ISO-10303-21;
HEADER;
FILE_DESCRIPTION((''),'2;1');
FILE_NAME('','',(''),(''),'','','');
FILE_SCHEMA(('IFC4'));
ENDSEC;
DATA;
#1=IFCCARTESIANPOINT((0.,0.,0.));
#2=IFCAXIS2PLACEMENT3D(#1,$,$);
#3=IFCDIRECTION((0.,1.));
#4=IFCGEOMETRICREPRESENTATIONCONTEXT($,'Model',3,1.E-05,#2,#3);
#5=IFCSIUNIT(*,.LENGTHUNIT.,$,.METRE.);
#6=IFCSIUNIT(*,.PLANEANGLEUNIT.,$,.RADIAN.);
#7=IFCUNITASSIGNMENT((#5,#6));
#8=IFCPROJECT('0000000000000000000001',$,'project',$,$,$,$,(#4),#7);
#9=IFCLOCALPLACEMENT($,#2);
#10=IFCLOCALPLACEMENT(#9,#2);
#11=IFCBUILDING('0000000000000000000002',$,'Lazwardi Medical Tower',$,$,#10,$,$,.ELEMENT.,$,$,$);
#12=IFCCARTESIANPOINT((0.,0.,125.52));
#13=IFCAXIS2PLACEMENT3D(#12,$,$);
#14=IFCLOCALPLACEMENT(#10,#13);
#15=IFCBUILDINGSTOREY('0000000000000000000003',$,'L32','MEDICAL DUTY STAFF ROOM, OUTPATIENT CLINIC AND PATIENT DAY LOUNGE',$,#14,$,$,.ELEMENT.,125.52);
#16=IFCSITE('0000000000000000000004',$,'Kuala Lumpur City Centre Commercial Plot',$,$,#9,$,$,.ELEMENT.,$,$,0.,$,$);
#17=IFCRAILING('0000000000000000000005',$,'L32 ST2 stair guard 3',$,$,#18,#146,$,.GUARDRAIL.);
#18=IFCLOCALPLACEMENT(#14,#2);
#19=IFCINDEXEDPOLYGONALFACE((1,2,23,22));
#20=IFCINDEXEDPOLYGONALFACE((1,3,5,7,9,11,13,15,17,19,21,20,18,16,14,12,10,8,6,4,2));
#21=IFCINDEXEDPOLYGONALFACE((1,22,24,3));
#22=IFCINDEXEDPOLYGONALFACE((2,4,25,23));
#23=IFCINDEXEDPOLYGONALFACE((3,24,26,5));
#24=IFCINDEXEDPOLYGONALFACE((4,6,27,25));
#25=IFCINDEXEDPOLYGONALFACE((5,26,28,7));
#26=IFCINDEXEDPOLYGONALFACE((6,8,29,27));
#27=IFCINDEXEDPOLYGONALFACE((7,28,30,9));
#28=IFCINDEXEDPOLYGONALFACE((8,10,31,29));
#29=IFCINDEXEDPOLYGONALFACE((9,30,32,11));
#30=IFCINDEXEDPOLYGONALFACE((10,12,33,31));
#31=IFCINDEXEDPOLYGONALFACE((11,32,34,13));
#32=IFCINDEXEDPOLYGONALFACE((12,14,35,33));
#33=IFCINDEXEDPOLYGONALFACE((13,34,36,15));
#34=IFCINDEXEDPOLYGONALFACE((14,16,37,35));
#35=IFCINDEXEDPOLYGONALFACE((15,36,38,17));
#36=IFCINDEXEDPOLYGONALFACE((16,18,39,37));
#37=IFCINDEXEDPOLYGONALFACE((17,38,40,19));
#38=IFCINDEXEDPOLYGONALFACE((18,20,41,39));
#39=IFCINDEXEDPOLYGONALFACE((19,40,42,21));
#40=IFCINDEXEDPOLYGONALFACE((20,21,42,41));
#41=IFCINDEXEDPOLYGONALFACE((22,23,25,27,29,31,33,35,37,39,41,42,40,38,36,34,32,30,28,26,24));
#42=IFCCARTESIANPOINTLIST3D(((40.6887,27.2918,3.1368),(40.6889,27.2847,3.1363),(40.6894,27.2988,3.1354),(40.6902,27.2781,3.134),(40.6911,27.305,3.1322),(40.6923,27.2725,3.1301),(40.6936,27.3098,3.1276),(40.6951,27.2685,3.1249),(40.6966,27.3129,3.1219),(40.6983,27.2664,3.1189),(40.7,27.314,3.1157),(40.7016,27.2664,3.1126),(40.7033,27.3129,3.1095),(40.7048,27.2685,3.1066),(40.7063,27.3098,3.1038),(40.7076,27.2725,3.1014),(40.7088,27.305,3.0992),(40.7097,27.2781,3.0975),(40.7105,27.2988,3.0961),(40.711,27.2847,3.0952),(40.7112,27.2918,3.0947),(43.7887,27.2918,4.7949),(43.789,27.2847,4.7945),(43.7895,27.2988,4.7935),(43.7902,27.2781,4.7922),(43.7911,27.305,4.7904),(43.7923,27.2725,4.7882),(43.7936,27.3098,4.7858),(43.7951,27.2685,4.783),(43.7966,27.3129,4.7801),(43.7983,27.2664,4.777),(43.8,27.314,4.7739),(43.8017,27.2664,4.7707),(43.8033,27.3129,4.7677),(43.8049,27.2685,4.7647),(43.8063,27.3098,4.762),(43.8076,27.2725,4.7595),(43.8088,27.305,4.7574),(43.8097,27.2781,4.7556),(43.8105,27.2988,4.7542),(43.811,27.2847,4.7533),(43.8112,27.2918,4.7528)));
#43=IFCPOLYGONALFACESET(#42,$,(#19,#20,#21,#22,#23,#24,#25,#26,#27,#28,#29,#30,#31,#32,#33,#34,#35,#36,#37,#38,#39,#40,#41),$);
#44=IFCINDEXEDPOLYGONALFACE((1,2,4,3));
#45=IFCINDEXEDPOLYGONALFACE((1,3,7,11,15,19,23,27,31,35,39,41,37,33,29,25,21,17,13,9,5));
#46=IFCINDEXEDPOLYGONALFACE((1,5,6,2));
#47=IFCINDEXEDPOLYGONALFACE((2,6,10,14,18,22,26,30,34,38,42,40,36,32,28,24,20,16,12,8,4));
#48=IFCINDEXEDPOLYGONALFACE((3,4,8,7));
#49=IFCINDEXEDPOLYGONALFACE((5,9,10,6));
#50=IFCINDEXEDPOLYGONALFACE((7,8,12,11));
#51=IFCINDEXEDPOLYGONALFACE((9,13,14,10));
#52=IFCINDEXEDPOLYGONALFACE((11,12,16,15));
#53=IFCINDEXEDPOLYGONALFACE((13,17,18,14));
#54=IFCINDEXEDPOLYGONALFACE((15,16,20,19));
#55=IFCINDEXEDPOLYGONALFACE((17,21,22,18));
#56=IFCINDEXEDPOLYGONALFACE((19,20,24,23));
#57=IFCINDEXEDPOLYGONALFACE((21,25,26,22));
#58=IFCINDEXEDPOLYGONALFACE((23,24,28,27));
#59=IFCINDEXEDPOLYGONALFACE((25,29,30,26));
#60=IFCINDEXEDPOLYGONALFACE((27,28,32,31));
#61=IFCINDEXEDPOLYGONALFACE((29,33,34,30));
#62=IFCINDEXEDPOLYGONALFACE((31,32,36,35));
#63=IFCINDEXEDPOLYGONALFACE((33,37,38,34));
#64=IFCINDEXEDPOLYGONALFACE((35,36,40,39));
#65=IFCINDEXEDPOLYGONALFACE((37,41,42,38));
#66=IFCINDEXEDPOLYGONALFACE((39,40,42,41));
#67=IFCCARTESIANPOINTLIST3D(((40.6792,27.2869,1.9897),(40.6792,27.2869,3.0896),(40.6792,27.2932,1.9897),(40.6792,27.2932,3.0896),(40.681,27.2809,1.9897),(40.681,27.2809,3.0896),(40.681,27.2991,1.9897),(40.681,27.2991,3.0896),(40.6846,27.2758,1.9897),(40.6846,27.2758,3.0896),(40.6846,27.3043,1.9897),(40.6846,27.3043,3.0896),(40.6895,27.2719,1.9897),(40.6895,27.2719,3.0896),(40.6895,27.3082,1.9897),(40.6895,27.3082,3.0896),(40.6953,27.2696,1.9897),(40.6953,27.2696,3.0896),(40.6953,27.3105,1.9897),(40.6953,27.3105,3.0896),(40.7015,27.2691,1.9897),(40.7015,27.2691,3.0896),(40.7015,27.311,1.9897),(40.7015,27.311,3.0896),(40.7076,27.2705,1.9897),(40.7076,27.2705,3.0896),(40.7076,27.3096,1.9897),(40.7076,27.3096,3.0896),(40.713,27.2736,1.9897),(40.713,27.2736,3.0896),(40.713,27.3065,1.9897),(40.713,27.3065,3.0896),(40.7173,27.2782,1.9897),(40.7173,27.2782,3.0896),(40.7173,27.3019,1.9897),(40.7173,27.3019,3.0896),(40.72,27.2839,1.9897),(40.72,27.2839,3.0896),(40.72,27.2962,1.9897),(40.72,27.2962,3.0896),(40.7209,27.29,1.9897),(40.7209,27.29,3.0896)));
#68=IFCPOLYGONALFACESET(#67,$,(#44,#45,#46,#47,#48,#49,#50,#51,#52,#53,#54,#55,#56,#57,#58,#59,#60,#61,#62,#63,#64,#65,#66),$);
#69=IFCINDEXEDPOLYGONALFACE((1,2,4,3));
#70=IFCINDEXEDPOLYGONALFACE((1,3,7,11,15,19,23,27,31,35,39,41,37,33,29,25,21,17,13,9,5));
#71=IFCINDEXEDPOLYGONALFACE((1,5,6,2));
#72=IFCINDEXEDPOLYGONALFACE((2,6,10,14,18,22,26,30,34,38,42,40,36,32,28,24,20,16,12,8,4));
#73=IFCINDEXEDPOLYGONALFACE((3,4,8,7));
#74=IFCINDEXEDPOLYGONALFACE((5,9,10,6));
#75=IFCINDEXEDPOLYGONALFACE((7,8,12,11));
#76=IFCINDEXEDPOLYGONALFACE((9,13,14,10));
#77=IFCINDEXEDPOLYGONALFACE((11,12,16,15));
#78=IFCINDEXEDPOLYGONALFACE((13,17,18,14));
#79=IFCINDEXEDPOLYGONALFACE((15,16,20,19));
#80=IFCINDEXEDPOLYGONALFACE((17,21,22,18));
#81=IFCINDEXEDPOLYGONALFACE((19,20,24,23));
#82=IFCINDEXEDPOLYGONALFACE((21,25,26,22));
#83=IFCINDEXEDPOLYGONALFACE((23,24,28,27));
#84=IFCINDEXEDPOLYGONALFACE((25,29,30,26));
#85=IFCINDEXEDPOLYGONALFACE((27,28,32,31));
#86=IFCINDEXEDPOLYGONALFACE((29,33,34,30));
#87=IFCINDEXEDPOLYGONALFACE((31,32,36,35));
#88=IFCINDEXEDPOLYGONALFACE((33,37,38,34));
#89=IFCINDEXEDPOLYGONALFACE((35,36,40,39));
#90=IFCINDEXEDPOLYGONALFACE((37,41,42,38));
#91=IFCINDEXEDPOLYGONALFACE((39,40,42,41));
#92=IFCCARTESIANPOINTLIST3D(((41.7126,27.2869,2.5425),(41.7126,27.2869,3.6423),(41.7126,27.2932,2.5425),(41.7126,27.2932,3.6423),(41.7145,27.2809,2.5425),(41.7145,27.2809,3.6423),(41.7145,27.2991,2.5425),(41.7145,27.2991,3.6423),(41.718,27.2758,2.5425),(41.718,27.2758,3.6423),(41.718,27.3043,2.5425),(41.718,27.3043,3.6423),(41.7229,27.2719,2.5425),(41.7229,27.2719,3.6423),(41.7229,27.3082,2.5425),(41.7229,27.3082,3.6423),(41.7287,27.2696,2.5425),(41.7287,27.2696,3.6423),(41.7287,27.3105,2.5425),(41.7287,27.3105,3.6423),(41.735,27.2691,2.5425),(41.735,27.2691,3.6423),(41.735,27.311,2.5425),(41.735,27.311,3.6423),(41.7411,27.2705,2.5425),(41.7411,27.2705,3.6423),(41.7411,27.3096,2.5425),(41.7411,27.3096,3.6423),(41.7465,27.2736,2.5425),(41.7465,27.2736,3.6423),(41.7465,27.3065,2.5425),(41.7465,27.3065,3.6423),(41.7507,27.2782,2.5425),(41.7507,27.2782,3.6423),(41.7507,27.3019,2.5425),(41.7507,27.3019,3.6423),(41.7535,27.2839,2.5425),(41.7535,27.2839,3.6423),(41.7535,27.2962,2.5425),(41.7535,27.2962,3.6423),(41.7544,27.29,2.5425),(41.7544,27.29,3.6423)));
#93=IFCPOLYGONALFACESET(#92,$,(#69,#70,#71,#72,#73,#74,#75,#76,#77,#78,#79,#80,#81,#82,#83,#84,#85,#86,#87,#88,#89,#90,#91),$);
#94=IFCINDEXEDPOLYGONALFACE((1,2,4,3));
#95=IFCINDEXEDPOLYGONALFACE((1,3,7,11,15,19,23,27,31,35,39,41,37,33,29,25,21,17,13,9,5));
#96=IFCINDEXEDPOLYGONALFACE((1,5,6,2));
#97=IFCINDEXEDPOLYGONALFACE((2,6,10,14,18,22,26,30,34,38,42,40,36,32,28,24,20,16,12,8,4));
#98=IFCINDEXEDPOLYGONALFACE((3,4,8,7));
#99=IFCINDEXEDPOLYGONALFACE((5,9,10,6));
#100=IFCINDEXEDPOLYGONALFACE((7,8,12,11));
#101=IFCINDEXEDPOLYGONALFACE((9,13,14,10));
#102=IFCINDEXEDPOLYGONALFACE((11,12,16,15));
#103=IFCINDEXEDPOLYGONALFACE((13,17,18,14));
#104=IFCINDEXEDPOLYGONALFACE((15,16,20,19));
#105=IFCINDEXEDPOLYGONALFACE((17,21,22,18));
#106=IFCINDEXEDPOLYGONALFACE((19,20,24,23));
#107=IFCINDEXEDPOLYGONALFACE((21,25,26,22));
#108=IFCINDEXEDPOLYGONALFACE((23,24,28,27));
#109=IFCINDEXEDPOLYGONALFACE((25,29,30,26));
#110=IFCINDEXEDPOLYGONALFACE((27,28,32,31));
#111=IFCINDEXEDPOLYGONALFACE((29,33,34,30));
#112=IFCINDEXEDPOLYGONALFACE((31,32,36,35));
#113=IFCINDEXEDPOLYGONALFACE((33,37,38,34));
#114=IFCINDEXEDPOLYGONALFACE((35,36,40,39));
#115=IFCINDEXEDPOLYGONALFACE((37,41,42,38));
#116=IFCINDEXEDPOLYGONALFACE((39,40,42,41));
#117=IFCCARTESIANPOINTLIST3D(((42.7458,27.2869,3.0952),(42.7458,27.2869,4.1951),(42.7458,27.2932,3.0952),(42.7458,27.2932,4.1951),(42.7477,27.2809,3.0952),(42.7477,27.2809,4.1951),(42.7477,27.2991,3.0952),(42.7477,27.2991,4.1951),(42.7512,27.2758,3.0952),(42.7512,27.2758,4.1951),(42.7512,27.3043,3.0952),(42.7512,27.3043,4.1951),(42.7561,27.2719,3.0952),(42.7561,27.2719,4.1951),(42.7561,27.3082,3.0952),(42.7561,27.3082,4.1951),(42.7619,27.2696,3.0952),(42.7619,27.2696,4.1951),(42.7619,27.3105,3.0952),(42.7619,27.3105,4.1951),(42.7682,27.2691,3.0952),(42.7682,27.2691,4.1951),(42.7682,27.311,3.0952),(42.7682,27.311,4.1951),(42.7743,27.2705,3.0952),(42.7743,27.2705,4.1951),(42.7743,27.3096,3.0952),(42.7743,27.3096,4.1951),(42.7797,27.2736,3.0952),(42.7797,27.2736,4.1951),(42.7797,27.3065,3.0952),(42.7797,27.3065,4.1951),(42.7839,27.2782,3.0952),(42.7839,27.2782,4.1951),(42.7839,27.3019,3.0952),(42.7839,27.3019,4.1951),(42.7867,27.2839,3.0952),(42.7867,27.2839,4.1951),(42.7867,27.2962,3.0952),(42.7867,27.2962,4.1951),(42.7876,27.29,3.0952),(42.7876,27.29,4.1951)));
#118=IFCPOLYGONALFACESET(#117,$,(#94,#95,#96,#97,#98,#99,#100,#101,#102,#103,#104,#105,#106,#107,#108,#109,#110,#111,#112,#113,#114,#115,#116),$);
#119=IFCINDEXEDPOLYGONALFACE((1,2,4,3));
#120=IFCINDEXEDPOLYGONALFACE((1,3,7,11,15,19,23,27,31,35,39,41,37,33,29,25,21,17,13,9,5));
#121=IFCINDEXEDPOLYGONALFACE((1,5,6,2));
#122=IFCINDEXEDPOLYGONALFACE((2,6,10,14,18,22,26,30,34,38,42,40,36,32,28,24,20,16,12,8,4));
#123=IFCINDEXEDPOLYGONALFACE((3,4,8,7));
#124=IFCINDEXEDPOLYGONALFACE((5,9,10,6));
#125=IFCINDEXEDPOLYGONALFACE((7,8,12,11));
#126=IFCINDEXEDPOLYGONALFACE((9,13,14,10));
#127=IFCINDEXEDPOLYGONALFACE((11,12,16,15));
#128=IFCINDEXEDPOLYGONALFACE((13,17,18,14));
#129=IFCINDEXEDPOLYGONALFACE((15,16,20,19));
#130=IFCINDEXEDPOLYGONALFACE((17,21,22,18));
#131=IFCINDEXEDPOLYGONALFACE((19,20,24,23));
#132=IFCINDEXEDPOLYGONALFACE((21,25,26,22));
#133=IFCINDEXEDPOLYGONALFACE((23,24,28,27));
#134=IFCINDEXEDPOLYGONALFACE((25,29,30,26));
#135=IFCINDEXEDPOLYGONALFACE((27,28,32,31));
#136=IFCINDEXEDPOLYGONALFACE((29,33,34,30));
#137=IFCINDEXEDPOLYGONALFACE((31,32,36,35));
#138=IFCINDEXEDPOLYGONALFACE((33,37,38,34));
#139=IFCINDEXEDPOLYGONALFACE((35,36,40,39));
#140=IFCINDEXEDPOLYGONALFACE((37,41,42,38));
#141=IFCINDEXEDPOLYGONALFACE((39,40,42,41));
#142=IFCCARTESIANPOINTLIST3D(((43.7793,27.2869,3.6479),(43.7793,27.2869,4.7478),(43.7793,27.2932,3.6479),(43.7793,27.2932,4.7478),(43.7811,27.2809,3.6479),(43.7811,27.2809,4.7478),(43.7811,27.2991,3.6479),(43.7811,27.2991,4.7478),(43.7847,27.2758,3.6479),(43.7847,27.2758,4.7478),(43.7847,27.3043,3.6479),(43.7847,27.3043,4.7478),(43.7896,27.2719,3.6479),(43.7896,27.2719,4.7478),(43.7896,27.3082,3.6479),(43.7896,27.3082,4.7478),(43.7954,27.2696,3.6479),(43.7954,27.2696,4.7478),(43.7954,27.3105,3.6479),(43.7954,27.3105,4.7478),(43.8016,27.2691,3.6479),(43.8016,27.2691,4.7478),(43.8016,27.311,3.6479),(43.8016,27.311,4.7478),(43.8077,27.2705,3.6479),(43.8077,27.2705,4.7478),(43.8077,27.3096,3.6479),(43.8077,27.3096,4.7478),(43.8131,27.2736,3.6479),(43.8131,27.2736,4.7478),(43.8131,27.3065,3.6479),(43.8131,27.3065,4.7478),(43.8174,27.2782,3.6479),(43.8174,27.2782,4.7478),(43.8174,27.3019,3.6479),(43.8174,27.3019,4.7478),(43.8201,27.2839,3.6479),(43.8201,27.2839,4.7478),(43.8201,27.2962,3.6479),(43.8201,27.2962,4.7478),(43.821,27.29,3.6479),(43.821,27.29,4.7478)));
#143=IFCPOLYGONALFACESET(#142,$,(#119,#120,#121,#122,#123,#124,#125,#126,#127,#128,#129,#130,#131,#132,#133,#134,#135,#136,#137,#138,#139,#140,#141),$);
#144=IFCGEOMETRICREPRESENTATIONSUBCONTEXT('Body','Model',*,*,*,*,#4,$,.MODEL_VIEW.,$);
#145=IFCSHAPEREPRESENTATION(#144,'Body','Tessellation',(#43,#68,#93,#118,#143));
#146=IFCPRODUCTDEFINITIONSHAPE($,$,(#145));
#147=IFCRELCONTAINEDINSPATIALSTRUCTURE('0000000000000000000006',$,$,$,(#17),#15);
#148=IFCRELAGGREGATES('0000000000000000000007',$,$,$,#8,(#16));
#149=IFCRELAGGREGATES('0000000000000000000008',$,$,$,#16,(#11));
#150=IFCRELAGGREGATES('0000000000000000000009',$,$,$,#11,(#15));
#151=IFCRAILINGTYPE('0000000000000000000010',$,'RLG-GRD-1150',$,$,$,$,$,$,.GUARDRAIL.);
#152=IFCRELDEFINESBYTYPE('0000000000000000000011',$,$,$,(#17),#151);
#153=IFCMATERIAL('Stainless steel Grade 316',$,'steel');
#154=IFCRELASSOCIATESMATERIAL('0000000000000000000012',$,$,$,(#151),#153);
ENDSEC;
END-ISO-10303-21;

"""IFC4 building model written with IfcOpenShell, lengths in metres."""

from ifc_helpers import new_model, si_unit, direction, frame, origin, origin_2d, place, context, subcontext, project, spatial, circle, extrude, material, type_object, element, save


model = new_model("IFC4")

# Units and contexts
model_context = context("Model", 3, precision=1e-05, world=origin(), true_north=direction((0.0, 1.0)))
body_context = subcontext(model_context, "Body", "Model", "MODEL_VIEW")
ifc_project = project(units=[si_unit("LENGTHUNIT", "METRE"), si_unit("PLANEANGLEUNIT", "RADIAN")], contexts=[model_context])

# Site, building, storey
site_placement = place(None, origin())
site = spatial("IfcSite", under=ifc_project, at=site_placement, Name="Kuala Lumpur City Centre Commercial Plot", CompositionType="ELEMENT", RefElevation=0.0)
building_placement = place(site_placement, origin())
building = spatial("IfcBuilding", under=site, at=building_placement, Name="Lazwardi Medical Tower", CompositionType="ELEMENT")
storey_placement = place(building_placement, frame((0.0, 0.0, 125.52)))
storey = spatial("IfcBuildingStorey", under=building, at=storey_placement, Name="L32", Description="MEDICAL DUTY STAFF ROOM, OUTPATIENT CLINIC AND PATIENT DAY LOUNGE", CompositionType="ELEMENT", Elevation=125.52)

# Railing
ifc_material_1 = material(Name="Stainless steel Grade 316", Category="steel")
railing_type_1 = type_object("IfcRailingType", Name="RLG-GRD-1150", PredefinedType="GUARDRAIL", material=ifc_material_1)
railing_1_placement = place(storey_placement, frame((40.7, 27.29, 1.9897)))
element("IfcRailing", 1, at=railing_1_placement, inside=storey, type_object=railing_type_1, Name="L32 ST2 stair guard 3", PredefinedType="GUARDRAIL", context=body_context, shape_type="SweptSolid", body=[
    extrude(circle(Radius=0.0239, at=origin_2d()), frame((0.0, 0.0, 1.126), z_axis=(0.881783, 0.0, 0.471655), x_axis=(0.0, 1.0, 0.0)), (0.0, 0.0, 1.0), 3.5156),
    extrude(circle(Radius=0.021, at=origin_2d()), origin(), (0.0, 0.0, 1.0), 1.0999),
    extrude(circle(Radius=0.021, at=origin_2d()), frame((1.0334, 0.0, 0.5527)), (0.0, 0.0, 1.0), 1.0999),
    extrude(circle(Radius=0.021, at=origin_2d()), frame((2.0667, 0.0, 1.1055)), (0.0, 0.0, 1.0), 1.0999),
    extrude(circle(Radius=0.021, at=origin_2d()), frame((3.1001, 0.0, 1.6582)), (0.0, 0.0, 1.0), 1.0999),
])

save(model, "model.ifc")
